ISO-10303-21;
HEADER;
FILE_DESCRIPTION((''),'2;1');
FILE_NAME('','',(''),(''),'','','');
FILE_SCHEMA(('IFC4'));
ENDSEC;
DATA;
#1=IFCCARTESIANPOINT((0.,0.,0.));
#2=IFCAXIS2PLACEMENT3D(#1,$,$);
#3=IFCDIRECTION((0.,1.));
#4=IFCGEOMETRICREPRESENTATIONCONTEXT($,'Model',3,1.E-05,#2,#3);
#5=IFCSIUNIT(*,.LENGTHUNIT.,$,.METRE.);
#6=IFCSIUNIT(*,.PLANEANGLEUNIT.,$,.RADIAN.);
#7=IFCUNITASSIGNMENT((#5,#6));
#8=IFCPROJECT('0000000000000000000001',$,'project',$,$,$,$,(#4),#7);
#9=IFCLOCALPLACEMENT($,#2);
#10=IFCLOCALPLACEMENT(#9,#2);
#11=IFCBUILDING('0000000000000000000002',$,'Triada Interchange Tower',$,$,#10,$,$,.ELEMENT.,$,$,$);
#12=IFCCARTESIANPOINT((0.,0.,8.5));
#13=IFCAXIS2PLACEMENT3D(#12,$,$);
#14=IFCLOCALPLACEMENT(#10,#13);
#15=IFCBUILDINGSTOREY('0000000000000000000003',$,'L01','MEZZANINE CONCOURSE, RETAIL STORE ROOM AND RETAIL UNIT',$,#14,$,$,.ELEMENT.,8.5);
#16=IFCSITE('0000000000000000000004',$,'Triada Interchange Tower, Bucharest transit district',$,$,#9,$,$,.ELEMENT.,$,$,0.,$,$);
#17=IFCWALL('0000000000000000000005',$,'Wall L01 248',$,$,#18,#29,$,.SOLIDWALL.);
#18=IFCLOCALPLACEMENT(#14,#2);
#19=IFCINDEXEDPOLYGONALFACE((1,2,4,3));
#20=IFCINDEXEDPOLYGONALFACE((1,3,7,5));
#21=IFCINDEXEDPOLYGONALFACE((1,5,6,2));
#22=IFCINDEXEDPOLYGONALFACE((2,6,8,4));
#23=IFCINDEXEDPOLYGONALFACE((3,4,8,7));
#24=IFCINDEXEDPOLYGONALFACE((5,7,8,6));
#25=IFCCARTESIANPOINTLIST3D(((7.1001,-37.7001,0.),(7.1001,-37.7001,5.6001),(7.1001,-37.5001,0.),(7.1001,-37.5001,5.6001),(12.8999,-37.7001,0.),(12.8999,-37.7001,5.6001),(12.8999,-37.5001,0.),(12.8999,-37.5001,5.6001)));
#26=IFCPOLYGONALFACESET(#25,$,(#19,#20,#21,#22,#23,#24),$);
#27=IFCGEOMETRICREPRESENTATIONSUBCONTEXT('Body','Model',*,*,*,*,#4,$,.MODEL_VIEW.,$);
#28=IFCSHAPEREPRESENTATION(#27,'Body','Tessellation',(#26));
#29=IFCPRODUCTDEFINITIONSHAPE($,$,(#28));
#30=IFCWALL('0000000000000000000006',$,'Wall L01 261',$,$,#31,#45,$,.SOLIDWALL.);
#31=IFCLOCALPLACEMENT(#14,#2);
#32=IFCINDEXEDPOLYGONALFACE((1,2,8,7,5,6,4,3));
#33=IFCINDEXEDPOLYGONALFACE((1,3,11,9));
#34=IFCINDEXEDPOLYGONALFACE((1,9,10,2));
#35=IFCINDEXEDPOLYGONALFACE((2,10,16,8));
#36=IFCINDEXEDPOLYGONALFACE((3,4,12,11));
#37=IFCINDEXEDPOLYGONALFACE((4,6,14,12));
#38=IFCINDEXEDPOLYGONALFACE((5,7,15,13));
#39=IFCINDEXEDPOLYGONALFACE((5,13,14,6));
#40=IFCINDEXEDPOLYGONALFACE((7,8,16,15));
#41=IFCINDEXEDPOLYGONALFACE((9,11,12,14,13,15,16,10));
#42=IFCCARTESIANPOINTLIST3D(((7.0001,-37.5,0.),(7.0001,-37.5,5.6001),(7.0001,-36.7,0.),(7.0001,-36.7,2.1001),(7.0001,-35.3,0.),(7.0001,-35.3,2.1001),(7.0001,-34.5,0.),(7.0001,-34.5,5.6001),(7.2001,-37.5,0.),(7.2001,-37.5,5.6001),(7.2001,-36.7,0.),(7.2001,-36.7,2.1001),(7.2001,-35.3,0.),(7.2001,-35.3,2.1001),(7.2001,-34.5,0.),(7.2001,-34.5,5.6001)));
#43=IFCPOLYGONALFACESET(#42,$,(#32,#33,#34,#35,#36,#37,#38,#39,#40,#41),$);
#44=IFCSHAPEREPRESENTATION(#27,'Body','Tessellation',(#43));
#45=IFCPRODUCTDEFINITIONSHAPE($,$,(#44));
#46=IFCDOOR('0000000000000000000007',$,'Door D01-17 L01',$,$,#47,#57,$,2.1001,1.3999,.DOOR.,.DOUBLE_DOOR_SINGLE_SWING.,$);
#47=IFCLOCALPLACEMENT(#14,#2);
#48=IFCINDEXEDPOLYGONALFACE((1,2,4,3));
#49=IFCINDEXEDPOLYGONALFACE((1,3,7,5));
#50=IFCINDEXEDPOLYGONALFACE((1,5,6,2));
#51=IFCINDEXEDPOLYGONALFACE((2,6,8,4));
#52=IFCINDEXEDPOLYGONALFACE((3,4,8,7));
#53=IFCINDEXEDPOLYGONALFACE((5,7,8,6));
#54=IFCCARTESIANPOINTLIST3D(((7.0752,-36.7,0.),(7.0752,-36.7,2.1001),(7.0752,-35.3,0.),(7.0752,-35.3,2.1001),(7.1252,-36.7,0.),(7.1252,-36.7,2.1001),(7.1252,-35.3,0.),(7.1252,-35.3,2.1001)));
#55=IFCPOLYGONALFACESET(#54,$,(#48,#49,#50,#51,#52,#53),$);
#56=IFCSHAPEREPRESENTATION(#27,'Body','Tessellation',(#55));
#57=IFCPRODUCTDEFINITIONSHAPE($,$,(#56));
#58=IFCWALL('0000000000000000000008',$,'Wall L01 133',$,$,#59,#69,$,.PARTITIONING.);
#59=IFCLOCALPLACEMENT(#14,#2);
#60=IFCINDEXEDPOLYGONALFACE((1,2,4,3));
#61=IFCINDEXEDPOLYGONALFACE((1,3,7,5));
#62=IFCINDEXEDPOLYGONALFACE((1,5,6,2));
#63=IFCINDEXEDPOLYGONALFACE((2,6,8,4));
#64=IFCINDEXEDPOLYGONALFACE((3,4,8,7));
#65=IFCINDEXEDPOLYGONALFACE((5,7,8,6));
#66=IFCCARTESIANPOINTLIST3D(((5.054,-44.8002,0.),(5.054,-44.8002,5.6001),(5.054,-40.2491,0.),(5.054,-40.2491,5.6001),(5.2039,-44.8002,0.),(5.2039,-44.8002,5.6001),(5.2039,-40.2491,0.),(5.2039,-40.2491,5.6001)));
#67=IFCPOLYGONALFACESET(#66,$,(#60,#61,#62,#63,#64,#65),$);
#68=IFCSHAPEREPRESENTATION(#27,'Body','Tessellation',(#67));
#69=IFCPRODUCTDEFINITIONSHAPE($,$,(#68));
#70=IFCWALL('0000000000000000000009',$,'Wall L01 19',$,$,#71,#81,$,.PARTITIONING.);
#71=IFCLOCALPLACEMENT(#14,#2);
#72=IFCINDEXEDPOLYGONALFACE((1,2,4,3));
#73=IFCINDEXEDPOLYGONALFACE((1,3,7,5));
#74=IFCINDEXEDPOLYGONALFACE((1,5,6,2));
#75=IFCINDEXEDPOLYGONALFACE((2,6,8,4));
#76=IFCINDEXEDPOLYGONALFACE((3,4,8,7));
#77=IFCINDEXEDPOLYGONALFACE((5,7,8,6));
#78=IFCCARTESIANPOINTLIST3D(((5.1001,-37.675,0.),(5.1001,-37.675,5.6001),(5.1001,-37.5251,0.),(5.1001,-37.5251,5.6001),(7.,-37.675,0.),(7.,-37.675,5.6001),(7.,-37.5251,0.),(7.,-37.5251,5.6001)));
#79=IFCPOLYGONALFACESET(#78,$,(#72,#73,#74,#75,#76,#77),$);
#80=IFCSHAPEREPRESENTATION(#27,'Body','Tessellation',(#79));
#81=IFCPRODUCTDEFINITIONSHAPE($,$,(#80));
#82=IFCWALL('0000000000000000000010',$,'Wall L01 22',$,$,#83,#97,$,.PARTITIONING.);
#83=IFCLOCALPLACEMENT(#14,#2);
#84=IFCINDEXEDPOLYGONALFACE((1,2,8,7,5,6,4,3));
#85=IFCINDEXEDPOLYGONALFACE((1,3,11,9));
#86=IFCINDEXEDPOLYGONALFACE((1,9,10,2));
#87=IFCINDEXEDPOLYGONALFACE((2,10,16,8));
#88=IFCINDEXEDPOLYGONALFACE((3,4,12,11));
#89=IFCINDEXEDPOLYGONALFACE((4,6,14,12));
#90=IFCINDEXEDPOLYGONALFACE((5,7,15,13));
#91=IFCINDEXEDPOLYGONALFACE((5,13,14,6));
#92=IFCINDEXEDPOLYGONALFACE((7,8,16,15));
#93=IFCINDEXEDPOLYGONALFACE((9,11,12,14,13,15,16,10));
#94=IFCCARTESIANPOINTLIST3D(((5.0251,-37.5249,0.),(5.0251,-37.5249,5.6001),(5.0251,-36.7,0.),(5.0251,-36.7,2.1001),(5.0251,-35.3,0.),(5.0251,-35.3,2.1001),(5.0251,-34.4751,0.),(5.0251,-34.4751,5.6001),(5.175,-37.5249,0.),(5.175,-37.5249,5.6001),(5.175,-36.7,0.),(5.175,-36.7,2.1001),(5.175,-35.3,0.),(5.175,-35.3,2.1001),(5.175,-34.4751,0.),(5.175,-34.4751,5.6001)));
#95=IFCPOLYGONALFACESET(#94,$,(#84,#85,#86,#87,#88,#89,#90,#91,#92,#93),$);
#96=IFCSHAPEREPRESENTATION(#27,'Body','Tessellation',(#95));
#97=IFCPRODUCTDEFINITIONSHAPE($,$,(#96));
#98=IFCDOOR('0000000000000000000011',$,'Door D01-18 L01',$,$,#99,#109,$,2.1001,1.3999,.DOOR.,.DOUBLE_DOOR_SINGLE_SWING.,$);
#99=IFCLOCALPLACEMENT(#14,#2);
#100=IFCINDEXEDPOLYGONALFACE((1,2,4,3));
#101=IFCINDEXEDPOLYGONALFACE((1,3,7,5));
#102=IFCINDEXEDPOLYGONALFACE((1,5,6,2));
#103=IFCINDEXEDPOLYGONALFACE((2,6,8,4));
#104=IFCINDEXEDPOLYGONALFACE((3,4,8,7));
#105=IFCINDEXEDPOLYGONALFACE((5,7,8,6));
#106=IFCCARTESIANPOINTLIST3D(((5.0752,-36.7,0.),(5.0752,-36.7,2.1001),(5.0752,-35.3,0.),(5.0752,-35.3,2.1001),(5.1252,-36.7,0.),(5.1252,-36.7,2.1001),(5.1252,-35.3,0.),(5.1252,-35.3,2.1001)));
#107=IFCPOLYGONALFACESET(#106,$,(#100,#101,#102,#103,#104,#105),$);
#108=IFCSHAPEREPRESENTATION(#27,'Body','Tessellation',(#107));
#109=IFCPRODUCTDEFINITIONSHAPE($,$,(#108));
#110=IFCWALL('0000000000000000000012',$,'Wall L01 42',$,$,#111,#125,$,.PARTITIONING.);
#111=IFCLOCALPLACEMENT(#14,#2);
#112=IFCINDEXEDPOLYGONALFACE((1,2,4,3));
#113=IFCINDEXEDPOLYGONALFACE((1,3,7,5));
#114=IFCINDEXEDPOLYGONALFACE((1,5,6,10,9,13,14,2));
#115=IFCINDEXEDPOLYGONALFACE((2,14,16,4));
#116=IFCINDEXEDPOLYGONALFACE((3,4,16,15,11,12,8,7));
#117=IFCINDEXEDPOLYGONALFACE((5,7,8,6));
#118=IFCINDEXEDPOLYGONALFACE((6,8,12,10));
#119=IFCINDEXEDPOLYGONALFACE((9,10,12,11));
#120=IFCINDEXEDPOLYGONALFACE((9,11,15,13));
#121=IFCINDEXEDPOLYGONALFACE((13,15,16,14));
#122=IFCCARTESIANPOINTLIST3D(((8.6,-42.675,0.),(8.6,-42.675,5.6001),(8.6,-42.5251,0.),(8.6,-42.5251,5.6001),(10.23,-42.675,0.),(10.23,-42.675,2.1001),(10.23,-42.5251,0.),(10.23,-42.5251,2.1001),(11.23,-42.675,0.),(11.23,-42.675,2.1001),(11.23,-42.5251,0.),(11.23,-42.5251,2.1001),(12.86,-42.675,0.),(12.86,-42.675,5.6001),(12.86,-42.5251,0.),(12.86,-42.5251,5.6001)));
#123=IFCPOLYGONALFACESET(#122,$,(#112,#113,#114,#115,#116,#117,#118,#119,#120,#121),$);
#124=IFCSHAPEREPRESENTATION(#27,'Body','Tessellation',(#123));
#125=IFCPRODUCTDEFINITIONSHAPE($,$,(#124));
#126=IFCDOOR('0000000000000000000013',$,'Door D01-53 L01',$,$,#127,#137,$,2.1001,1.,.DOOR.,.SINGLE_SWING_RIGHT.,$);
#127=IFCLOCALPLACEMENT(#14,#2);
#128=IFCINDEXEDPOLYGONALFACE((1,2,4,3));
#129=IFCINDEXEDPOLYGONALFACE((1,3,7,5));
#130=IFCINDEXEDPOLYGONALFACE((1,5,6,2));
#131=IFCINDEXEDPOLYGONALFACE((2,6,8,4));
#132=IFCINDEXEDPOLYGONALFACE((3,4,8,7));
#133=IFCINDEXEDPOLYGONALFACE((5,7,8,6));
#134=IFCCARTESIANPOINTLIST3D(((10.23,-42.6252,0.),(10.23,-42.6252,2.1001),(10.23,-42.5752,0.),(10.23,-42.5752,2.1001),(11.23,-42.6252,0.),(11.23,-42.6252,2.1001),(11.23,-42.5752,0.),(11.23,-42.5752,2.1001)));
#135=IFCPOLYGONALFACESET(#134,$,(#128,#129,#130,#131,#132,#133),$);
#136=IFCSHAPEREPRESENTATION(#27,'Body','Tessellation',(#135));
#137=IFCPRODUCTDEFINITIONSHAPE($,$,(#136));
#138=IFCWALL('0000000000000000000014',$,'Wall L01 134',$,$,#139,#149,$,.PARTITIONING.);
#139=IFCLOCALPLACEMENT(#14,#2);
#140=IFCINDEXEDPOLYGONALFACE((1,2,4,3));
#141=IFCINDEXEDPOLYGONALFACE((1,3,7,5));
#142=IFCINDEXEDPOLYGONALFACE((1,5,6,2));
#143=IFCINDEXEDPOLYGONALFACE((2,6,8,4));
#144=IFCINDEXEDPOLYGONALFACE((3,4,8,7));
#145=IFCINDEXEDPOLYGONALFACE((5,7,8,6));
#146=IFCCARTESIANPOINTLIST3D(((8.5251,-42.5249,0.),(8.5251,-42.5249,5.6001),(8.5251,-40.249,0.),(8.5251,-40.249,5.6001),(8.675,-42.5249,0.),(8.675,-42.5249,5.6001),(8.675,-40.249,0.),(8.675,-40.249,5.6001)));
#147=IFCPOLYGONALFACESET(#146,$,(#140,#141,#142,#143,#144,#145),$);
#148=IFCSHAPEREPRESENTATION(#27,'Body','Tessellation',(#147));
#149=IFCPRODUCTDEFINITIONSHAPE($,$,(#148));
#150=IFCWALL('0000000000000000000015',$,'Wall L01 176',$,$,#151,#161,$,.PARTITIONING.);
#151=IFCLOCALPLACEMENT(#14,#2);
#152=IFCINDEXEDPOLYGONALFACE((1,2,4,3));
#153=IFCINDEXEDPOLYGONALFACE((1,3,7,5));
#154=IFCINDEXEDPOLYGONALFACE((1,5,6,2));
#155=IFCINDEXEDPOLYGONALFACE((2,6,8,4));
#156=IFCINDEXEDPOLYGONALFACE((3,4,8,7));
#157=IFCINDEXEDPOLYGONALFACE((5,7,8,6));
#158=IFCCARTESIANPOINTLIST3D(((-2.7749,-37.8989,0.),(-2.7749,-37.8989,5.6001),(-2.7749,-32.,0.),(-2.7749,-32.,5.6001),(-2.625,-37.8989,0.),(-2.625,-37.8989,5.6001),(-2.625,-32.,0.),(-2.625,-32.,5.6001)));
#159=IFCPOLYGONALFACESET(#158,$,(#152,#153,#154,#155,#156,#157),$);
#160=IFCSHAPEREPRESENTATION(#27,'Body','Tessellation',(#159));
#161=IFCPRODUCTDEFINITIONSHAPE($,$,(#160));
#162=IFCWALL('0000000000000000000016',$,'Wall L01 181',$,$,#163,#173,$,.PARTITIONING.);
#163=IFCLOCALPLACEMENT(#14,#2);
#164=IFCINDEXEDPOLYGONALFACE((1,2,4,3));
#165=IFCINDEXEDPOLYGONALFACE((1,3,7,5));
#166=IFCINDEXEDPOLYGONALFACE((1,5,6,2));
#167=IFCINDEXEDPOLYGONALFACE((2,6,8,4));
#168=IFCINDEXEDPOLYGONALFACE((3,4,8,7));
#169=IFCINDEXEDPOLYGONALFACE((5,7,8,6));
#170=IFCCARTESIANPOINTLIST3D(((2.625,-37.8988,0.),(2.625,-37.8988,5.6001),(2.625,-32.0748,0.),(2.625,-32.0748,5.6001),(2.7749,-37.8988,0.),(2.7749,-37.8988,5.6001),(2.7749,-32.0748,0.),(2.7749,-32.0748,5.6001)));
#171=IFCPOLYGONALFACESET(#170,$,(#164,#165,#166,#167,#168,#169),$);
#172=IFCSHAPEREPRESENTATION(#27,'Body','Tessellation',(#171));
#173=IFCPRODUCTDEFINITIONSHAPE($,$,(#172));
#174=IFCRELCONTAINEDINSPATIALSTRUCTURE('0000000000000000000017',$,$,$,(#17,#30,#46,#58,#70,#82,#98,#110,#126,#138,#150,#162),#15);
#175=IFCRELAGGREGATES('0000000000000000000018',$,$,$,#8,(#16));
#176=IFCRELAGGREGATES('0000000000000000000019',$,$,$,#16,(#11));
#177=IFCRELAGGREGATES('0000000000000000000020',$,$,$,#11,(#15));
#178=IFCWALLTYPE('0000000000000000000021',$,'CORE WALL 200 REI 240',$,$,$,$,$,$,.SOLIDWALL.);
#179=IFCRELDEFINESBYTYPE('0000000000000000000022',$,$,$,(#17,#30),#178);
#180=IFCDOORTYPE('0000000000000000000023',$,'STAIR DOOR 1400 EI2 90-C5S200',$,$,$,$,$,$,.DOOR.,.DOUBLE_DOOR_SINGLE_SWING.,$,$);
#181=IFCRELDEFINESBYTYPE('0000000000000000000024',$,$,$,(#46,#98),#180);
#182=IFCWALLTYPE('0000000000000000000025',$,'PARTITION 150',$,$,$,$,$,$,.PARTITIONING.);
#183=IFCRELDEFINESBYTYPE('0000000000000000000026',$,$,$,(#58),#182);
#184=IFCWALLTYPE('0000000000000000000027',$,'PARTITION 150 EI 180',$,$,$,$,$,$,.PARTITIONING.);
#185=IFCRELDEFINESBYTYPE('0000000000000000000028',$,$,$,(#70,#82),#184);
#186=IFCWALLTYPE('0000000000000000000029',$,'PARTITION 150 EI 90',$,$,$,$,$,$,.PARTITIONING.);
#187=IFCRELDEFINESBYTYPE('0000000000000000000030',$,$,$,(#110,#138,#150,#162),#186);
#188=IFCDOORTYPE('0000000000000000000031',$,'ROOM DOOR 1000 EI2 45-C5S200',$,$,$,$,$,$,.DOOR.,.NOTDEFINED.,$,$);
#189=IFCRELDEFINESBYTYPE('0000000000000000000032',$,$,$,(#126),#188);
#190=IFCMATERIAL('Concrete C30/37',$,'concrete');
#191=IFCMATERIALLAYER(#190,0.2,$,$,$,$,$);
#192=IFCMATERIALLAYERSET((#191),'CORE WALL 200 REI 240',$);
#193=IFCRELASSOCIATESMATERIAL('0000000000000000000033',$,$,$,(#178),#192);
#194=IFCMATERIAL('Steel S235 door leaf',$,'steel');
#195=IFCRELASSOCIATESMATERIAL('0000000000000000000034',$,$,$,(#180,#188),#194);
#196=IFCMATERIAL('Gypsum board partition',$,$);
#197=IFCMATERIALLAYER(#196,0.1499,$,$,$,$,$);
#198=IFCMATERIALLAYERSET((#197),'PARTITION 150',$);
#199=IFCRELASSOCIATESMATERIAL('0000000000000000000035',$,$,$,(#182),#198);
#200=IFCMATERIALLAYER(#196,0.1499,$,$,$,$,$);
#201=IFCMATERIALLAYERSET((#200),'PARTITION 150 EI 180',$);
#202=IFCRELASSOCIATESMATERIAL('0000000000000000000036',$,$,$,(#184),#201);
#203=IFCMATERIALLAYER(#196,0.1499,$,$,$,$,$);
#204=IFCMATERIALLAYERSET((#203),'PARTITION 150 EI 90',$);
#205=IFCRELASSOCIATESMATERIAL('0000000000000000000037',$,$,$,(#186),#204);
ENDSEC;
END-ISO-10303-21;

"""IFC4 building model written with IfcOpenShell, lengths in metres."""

from ifc_helpers import new_model, si_unit, direction, frame, frame_2d, origin, place, context, subcontext, project, spatial, rectangle, extrude, material, layer, layer_set, type_object, element, fill, save


model = new_model("IFC4")

# Units and contexts
model_context = context("Model", 3, precision=1e-05, world=origin(), true_north=direction((0.0, 1.0)))
body_context = subcontext(model_context, "Body", "Model", "MODEL_VIEW")
ifc_project = project(units=[si_unit("LENGTHUNIT", "METRE"), si_unit("PLANEANGLEUNIT", "RADIAN")], contexts=[model_context])

# Site, building, storey
site_placement = place(None, origin())
site = spatial("IfcSite", under=ifc_project, at=site_placement, Name="Triada Interchange Tower, Bucharest transit district", CompositionType="ELEMENT", RefElevation=0.0)
building_placement = place(site_placement, origin())
building = spatial("IfcBuilding", under=site, at=building_placement, Name="Triada Interchange Tower", CompositionType="ELEMENT")
storey_placement = place(building_placement, frame((0.0, 0.0, 8.5)))
storey = spatial("IfcBuildingStorey", under=building, at=storey_placement, Name="L01", Description="MEZZANINE CONCOURSE, RETAIL STORE ROOM AND RETAIL UNIT", CompositionType="ELEMENT", Elevation=8.5)

# Wall
ifc_material_1 = material(Name="Concrete C30/37", Category="concrete")
ifc_layer_1 = layer(ifc_material_1, 0.2)
ifc_layer_set_1 = layer_set([ifc_layer_1], Name="CORE WALL 200 REI 240")
wall_type_1 = type_object("IfcWallType", Name="CORE WALL 200 REI 240", PredefinedType="SOLIDWALL", material=ifc_layer_set_1)
wall_1_placement = place(storey_placement, frame((7.1001, -37.6001, 0.0), z_axis=(0.0, 0.0, 1.0), x_axis=(1.0, 0.0, 0.0)))
element("IfcWall", 1, at=wall_1_placement, inside=storey, type_object=wall_type_1, Name="Wall L01 248", PredefinedType="SOLIDWALL", context=body_context, shape_type="SweptSolid", body=[
    extrude(rectangle(XDim=5.7998, YDim=0.2, at=frame_2d((2.8999, 0.0))), origin(), (0.0, 0.0, 1.0), 5.6001),
])

# Wall, opening, door
wall_2_placement = place(storey_placement, frame((7.1001, -37.5, 0.0), z_axis=(0.0, 0.0, 1.0), x_axis=(0.0, 1.0, 0.0)))
wall_2 = element("IfcWall", 2, at=wall_2_placement, inside=storey, type_object=wall_type_1, Name="Wall L01 261", PredefinedType="SOLIDWALL", context=body_context, shape_type="SweptSolid", body=[
    extrude(rectangle(XDim=3.0, YDim=0.2, at=frame_2d((1.5, 0.0))), origin(), (0.0, 0.0, 1.0), 5.6001),
])
opening_1_placement = place(wall_2_placement, frame((0.8, 0.0, 0.0)))
opening_1 = element("IfcOpeningElement", 3, at=opening_1_placement, cuts=wall_2, PredefinedType="OPENING", context=body_context, shape_type="SweptSolid", body=[
    extrude(rectangle(XDim=1.3999, YDim=2.1001, at=frame_2d((0.7, 1.05))), frame((0.0, 0.1099, 0.0), z_axis=(0.0, -1.0, 0.0), x_axis=(1.0, 0.0, 0.0)), (0.0, 0.0, 1.0), 0.22),
])
ifc_material_2 = material(Name="Steel S235 door leaf", Category="steel")
door_type_1 = type_object("IfcDoorType", Name="STAIR DOOR 1400 EI2 90-C5S200", OperationType="DOUBLE_DOOR_SINGLE_SWING", PredefinedType="DOOR", material=ifc_material_2)
door_1_placement = place(opening_1_placement, origin())
door_1 = element("IfcDoor", 4, at=door_1_placement, inside=storey, type_object=door_type_1, Name="Door D01-17 L01", OperationType="DOUBLE_DOOR_SINGLE_SWING", OverallHeight=2.1001, OverallWidth=1.3999, PredefinedType="DOOR", context=body_context, shape_type="SweptSolid", body=[
    extrude(rectangle(XDim=1.3999, YDim=2.1001, at=frame_2d((0.7, 1.05))), frame((0.0, 0.0249, 0.0), z_axis=(0.0, -1.0, 0.0), x_axis=(1.0, 0.0, 0.0)), (0.0, 0.0, 1.0), 0.05),
])
fill(opening_1, door_1)

# Walls
ifc_material_3 = material(Name="Gypsum board partition")
ifc_layer_2 = layer(ifc_material_3, 0.1499)
ifc_layer_set_2 = layer_set([ifc_layer_2], Name="PARTITION 150")
wall_type_2 = type_object("IfcWallType", Name="PARTITION 150", PredefinedType="PARTITIONING", material=ifc_layer_set_2)
wall_3_placement = place(storey_placement, frame((5.1289, -44.8, 0.0), z_axis=(0.0, 0.0, 1.0), x_axis=(0.0, 1.0, 0.0)))
element("IfcWall", 5, at=wall_3_placement, inside=storey, type_object=wall_type_2, Name="Wall L01 133", PredefinedType="PARTITIONING", context=body_context, shape_type="SweptSolid", body=[
    extrude(rectangle(XDim=4.551, YDim=0.1499, at=frame_2d((2.2754, 0.0))), origin(), (0.0, 0.0, 1.0), 5.6001),
])
ifc_layer_3 = layer(ifc_material_3, 0.1499)
ifc_layer_set_3 = layer_set([ifc_layer_3], Name="PARTITION 150 EI 180")
wall_type_3 = type_object("IfcWallType", Name="PARTITION 150 EI 180", PredefinedType="PARTITIONING", material=ifc_layer_set_3)
wall_4_placement = place(storey_placement, frame((5.1001, -37.6001, 0.0), z_axis=(0.0, 0.0, 1.0), x_axis=(1.0, 0.0, 0.0)))
element("IfcWall", 6, at=wall_4_placement, inside=storey, type_object=wall_type_3, Name="Wall L01 19", PredefinedType="PARTITIONING", context=body_context, shape_type="SweptSolid", body=[
    extrude(rectangle(XDim=1.8999, YDim=0.1499, at=frame_2d((0.95, 0.0))), origin(), (0.0, 0.0, 1.0), 5.6001),
])

# Walls, openings, doors
wall_5_placement = place(storey_placement, frame((5.1001, -37.5249, 0.0), z_axis=(0.0, 0.0, 1.0), x_axis=(0.0, 1.0, 0.0)))
wall_5 = element("IfcWall", 7, at=wall_5_placement, inside=storey, type_object=wall_type_3, Name="Wall L01 22", PredefinedType="PARTITIONING", context=body_context, shape_type="SweptSolid", body=[
    extrude(rectangle(XDim=3.0498, YDim=0.1499, at=frame_2d((1.5249, 0.0))), origin(), (0.0, 0.0, 1.0), 5.6001),
])
opening_2_placement = place(wall_5_placement, frame((0.825, 0.0, 0.0)))
opening_2 = element("IfcOpeningElement", 8, at=opening_2_placement, cuts=wall_5, PredefinedType="OPENING", context=body_context, shape_type="SweptSolid", body=[
    extrude(rectangle(XDim=1.3999, YDim=2.1001, at=frame_2d((0.7, 1.05))), frame((0.0, 0.085, 0.0), z_axis=(0.0, -1.0, 0.0), x_axis=(1.0, 0.0, 0.0)), (0.0, 0.0, 1.0), 0.1699),
])
door_2_placement = place(opening_2_placement, origin())
door_2 = element("IfcDoor", 9, at=door_2_placement, inside=storey, type_object=door_type_1, Name="Door D01-18 L01", OperationType="DOUBLE_DOOR_SINGLE_SWING", OverallHeight=2.1001, OverallWidth=1.3999, PredefinedType="DOOR", context=body_context, shape_type="SweptSolid", body=[
    extrude(rectangle(XDim=1.3999, YDim=2.1001, at=frame_2d((0.7, 1.05))), frame((0.0, 0.0249, 0.0), z_axis=(0.0, -1.0, 0.0), x_axis=(1.0, 0.0, 0.0)), (0.0, 0.0, 1.0), 0.05),
])
fill(opening_2, door_2)
ifc_layer_4 = layer(ifc_material_3, 0.1499)
ifc_layer_set_4 = layer_set([ifc_layer_4], Name="PARTITION 150 EI 90")
wall_type_4 = type_object("IfcWallType", Name="PARTITION 150 EI 90", PredefinedType="PARTITIONING", material=ifc_layer_set_4)
wall_6_placement = place(storey_placement, frame((8.6001, -42.6001, 0.0), z_axis=(0.0, 0.0, 1.0), x_axis=(1.0, 0.0, 0.0)))
wall_6 = element("IfcWall", 10, at=wall_6_placement, inside=storey, type_object=wall_type_4, Name="Wall L01 42", PredefinedType="PARTITIONING", context=body_context, shape_type="SweptSolid", body=[
    extrude(rectangle(XDim=4.26, YDim=0.1499, at=frame_2d((2.1299, 0.0))), origin(), (0.0, 0.0, 1.0), 5.6001),
])
opening_3_placement = place(wall_6_placement, frame((1.6299, 0.0, 0.0)))
opening_3 = element("IfcOpeningElement", 11, at=opening_3_placement, cuts=wall_6, PredefinedType="OPENING", context=body_context, shape_type="SweptSolid", body=[
    extrude(rectangle(XDim=1.0, YDim=2.1001, at=frame_2d((0.5, 1.05))), frame((0.0, 0.085, 0.0), z_axis=(0.0, -1.0, 0.0), x_axis=(1.0, 0.0, 0.0)), (0.0, 0.0, 1.0), 0.1699),
])
door_type_2 = type_object("IfcDoorType", Name="ROOM DOOR 1000 EI2 45-C5S200", OperationType="NOTDEFINED", PredefinedType="DOOR", material=ifc_material_2)
door_3_placement = place(opening_3_placement, origin())
door_3 = element("IfcDoor", 12, at=door_3_placement, inside=storey, type_object=door_type_2, Name="Door D01-53 L01", OperationType="SINGLE_SWING_RIGHT", OverallHeight=2.1001, OverallWidth=1.0, PredefinedType="DOOR", context=body_context, shape_type="SweptSolid", body=[
    extrude(rectangle(XDim=1.0, YDim=2.1001, at=frame_2d((0.5, 1.05))), frame((0.0, 0.0249, 0.0), z_axis=(0.0, -1.0, 0.0), x_axis=(1.0, 0.0, 0.0)), (0.0, 0.0, 1.0), 0.05),
])
fill(opening_3, door_3)

# Walls
wall_7_placement = place(storey_placement, frame((8.6001, -42.5249, 0.0), z_axis=(0.0, 0.0, 1.0), x_axis=(0.0, 1.0, 0.0)))
element("IfcWall", 13, at=wall_7_placement, inside=storey, type_object=wall_type_4, Name="Wall L01 134", PredefinedType="PARTITIONING", context=body_context, shape_type="SweptSolid", body=[
    extrude(rectangle(XDim=2.2759, YDim=0.1499, at=frame_2d((1.1379, 0.0))), origin(), (0.0, 0.0, 1.0), 5.6001),
])
wall_8_placement = place(storey_placement, frame((-2.7, -37.8989, 0.0), z_axis=(0.0, 0.0, 1.0), x_axis=(0.0, 1.0, 0.0)))
element("IfcWall", 14, at=wall_8_placement, inside=storey, type_object=wall_type_4, Name="Wall L01 176", PredefinedType="PARTITIONING", context=body_context, shape_type="SweptSolid", body=[
    extrude(rectangle(XDim=5.8989, YDim=0.1499, at=frame_2d((2.9495, 0.0))), origin(), (0.0, 0.0, 1.0), 5.6001),
])
wall_9_placement = place(storey_placement, frame((2.7, -37.8989, 0.0), z_axis=(0.0, 0.0, 1.0), x_axis=(0.0, 1.0, 0.0)))
element("IfcWall", 15, at=wall_9_placement, inside=storey, type_object=wall_type_4, Name="Wall L01 181", PredefinedType="PARTITIONING", context=body_context, shape_type="SweptSolid", body=[
    extrude(rectangle(XDim=5.824, YDim=0.1499, at=frame_2d((2.9121, 0.0))), origin(), (0.0, 0.0, 1.0), 5.6001),
])

save(model, "model.ifc")
